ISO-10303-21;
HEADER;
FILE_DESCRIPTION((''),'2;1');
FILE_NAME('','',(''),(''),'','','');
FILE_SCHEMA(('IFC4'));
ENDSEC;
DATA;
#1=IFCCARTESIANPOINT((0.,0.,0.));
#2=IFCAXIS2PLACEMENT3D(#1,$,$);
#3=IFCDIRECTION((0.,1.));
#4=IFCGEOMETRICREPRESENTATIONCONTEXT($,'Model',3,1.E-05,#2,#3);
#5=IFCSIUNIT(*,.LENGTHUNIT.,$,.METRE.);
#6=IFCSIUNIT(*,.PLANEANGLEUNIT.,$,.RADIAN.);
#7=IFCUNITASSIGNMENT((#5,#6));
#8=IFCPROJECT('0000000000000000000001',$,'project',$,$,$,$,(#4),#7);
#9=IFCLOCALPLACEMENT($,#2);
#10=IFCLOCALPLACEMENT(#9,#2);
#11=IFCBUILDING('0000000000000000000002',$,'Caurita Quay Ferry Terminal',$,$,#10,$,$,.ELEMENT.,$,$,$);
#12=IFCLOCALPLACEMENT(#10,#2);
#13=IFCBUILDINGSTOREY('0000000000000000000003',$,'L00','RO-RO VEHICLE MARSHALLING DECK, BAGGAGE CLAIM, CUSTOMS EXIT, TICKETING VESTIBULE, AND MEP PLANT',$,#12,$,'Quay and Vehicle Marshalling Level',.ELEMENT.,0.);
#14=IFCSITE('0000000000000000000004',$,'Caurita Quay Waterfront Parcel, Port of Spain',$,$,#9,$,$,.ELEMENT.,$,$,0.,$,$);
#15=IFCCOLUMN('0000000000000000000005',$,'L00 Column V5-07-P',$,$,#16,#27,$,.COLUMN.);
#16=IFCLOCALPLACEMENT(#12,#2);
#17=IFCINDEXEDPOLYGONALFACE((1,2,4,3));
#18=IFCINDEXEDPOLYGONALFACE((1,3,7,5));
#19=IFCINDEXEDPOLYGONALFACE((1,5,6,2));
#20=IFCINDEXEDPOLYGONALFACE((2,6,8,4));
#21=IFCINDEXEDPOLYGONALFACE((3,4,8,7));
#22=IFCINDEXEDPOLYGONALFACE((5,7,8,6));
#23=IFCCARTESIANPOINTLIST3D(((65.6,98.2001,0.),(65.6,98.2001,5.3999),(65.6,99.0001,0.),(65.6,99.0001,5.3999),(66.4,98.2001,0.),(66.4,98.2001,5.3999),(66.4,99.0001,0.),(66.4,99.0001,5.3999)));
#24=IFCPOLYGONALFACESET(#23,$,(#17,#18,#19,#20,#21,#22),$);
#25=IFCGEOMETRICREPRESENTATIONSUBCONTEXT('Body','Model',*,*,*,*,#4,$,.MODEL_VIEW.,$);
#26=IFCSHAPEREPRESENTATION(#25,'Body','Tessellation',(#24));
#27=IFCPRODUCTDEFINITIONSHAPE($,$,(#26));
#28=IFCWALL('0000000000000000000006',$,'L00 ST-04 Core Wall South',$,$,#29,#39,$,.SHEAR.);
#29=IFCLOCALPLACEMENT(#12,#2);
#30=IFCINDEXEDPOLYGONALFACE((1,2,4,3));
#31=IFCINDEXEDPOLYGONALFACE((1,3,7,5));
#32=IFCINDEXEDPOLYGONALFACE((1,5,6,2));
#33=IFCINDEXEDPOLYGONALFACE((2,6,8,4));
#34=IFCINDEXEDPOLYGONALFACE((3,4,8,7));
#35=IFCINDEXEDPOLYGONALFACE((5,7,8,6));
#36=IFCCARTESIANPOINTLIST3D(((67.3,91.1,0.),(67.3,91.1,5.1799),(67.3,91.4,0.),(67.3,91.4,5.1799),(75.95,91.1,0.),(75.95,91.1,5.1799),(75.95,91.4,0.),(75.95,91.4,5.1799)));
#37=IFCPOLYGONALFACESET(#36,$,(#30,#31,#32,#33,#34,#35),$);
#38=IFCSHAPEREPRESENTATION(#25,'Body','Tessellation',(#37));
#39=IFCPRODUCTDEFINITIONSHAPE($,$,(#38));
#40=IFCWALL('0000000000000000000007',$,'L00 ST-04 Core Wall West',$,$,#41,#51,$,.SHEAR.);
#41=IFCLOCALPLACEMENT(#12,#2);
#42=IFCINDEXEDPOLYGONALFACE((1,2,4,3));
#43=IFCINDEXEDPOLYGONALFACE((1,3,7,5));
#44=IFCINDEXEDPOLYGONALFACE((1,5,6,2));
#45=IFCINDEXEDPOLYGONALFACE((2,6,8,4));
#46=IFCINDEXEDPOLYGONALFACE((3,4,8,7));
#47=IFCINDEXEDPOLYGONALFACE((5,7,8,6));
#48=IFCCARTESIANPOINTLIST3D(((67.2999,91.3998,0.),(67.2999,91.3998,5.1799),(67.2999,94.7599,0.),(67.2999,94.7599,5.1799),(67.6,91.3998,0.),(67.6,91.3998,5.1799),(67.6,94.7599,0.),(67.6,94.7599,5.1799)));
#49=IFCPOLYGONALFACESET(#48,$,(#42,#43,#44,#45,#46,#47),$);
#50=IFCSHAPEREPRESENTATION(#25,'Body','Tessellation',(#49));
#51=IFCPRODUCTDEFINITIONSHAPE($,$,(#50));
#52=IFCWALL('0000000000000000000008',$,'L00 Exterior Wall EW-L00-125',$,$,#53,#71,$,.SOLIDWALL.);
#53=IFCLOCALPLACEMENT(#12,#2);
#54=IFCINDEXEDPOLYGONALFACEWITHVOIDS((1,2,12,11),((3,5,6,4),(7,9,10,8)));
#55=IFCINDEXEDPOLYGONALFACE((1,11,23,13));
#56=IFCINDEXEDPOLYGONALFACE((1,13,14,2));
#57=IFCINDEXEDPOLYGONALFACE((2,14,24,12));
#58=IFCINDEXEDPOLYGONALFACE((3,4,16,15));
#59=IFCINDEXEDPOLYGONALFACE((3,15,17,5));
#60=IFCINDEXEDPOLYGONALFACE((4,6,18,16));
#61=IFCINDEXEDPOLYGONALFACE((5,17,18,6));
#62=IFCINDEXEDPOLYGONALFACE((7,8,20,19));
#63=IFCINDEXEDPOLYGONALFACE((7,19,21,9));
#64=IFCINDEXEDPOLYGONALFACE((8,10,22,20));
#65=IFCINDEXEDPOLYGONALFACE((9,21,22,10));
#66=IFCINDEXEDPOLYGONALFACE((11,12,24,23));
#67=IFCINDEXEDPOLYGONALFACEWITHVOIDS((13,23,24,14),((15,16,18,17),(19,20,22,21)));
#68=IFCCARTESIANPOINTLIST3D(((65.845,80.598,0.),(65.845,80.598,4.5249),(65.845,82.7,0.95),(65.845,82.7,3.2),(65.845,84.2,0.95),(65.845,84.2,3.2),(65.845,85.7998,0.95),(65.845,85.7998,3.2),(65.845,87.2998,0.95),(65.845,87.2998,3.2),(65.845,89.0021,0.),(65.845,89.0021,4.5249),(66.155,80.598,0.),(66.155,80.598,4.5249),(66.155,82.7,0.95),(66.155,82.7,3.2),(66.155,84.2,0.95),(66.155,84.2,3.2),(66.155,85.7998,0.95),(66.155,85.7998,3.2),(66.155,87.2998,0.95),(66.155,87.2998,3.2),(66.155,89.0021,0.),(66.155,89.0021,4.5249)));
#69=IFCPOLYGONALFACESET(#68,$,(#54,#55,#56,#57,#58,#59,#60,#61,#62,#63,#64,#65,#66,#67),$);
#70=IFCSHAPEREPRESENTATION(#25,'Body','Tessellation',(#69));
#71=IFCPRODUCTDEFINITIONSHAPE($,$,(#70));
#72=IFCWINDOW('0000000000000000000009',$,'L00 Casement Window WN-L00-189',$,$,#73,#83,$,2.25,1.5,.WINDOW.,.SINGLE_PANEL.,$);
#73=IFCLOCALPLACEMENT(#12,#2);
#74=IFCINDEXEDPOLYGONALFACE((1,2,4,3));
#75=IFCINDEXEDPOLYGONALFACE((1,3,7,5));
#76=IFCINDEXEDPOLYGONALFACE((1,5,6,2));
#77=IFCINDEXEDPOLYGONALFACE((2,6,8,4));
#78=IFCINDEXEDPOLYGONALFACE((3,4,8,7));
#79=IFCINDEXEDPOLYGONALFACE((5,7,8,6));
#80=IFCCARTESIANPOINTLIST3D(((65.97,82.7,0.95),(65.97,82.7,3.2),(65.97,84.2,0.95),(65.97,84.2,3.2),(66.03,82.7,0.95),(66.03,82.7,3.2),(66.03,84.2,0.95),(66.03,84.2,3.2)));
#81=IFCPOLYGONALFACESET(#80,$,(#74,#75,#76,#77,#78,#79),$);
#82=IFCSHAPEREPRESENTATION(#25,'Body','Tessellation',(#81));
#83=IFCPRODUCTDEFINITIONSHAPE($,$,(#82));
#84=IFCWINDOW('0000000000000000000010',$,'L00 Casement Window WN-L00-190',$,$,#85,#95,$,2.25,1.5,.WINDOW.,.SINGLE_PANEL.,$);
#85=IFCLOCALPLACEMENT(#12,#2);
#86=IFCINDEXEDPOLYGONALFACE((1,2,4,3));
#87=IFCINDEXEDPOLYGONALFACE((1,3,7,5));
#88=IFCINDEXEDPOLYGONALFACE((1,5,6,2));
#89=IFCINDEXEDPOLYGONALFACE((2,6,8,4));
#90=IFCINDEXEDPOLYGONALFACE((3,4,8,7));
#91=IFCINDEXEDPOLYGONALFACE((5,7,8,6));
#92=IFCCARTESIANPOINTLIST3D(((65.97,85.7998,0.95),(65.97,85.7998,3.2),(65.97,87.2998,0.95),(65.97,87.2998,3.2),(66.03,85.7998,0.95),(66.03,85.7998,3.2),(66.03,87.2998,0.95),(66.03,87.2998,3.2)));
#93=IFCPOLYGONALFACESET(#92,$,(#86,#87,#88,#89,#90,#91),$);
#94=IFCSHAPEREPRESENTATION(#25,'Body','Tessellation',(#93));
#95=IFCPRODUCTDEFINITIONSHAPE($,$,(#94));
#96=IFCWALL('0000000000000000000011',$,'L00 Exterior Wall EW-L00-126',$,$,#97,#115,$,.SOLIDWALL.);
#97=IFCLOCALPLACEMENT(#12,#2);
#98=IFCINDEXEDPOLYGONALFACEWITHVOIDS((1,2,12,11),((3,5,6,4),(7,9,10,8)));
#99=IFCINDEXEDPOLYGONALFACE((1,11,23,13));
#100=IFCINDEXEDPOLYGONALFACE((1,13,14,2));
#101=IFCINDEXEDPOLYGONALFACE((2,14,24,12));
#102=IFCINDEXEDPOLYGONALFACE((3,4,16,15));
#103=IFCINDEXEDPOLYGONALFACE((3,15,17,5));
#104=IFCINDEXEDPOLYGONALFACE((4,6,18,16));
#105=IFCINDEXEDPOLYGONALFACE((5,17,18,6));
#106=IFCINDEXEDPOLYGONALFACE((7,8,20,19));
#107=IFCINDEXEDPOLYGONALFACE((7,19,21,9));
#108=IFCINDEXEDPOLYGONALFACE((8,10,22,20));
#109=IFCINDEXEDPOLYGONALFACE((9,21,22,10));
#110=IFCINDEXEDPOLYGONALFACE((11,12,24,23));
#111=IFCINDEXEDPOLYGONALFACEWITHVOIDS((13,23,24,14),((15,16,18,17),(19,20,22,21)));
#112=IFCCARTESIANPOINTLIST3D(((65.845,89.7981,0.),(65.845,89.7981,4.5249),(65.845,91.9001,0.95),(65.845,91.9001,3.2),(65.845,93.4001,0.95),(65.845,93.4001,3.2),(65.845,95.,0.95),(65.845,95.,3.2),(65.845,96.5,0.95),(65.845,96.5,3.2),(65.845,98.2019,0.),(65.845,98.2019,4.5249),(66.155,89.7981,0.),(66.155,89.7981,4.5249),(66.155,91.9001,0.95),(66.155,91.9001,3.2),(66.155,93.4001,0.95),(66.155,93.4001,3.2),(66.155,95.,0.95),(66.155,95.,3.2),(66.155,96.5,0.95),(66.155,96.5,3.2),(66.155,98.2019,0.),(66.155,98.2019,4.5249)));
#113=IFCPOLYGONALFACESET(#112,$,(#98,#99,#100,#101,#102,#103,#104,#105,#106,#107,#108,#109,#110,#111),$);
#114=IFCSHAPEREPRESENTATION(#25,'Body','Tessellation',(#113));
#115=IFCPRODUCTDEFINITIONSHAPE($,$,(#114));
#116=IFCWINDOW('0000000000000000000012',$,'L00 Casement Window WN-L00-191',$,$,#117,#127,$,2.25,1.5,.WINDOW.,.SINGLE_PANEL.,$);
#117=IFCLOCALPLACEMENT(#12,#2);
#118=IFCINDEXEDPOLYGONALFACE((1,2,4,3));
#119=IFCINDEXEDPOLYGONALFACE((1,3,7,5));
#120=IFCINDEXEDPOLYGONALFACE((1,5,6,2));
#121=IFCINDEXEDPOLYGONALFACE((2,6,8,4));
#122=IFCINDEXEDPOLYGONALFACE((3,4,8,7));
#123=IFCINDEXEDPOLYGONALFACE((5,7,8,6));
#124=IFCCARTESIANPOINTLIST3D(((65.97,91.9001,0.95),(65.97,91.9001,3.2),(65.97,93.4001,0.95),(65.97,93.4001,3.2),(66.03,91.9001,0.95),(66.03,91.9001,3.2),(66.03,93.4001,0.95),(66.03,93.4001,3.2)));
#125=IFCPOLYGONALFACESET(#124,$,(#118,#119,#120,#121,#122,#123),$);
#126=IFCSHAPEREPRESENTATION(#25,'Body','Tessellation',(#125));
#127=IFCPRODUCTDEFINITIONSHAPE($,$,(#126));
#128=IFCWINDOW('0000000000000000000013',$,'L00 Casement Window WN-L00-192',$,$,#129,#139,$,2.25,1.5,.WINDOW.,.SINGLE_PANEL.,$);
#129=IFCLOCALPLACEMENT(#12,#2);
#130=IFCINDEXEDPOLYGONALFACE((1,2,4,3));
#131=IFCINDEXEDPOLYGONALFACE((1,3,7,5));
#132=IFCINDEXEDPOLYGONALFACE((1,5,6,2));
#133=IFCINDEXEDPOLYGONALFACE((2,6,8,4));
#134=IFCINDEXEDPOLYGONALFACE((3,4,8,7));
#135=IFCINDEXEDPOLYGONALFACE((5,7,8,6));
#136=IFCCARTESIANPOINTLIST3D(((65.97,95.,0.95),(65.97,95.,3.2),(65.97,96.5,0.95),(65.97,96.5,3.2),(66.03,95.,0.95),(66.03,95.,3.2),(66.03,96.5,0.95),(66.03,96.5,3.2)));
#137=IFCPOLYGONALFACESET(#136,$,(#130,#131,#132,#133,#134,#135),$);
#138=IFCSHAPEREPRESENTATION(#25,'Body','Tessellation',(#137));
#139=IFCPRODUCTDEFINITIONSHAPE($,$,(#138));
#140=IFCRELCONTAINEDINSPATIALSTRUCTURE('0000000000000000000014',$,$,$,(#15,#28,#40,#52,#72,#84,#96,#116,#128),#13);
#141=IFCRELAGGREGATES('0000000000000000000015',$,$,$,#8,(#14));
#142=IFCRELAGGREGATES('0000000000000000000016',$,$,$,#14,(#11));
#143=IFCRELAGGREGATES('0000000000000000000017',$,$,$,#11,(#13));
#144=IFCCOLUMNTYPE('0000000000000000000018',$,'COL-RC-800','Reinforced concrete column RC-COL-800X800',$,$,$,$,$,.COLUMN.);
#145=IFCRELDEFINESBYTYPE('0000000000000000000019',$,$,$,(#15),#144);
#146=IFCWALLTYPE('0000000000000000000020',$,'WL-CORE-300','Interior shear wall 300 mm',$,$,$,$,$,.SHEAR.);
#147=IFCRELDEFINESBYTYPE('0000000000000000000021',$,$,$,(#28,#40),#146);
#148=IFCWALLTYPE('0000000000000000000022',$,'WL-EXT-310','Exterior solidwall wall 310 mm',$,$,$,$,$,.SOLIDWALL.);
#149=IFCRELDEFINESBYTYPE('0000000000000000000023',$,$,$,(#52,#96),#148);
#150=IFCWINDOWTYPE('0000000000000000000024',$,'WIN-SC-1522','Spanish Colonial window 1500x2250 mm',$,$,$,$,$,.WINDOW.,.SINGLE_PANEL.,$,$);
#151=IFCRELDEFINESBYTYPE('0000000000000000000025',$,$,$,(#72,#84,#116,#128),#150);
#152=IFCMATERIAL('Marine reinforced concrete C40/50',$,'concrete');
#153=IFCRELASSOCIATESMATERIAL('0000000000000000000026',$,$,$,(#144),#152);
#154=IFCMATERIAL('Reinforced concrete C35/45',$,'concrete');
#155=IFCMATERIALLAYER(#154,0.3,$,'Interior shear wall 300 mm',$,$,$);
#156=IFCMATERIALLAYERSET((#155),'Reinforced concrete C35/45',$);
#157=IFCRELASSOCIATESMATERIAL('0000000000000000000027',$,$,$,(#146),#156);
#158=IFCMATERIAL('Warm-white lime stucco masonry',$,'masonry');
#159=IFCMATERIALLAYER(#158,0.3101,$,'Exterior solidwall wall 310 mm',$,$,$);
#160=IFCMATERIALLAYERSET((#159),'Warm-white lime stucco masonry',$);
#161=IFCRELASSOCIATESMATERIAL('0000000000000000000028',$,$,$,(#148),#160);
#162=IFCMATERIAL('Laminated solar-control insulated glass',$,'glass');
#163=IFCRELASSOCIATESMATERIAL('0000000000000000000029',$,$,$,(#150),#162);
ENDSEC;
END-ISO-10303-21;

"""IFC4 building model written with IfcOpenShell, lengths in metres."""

from ifc_helpers import new_model, si_unit, direction, frame, frame_2d, origin, origin_2d, place, context, subcontext, project, spatial, rectangle, extrude, material, layer, layer_set, material_profile, profile_set, type_object, element, fill, save


model = new_model("IFC4")

# Units and contexts
model_context = context("Model", 3, precision=1e-05, world=origin(), true_north=direction((0.0, 1.0)))
body_context = subcontext(model_context, "Body", "Model", "MODEL_VIEW")
ifc_project = project(units=[si_unit("LENGTHUNIT", "METRE"), si_unit("PLANEANGLEUNIT", "RADIAN")], contexts=[model_context])

# Site, building, storey
site_placement = place(None, origin())
site = spatial("IfcSite", under=ifc_project, at=site_placement, Name="Caurita Quay Waterfront Parcel, Port of Spain", CompositionType="ELEMENT", RefElevation=0.0)
building_placement = place(site_placement, origin())
building = spatial("IfcBuilding", under=site, at=building_placement, Name="Caurita Quay Ferry Terminal", CompositionType="ELEMENT")
storey_placement = place(building_placement, origin())
storey = spatial("IfcBuildingStorey", under=building, at=storey_placement, Name="L00", Description="RO-RO VEHICLE MARSHALLING DECK, BAGGAGE CLAIM, CUSTOMS EXIT, TICKETING VESTIBULE, AND MEP PLANT", LongName="Quay and Vehicle Marshalling Level", CompositionType="ELEMENT", Elevation=0.0)

# Shared definitions
ifc_material_1 = material(Name="Marine reinforced concrete C40/50", Category="concrete")

# Column
ifc_material_profile_1 = material_profile(ifc_material_1, rectangle(XDim=0.8, YDim=0.8, at=origin_2d()), Name="RC-COL-800X800")
ifc_profile_set_1 = profile_set([ifc_material_profile_1], Name="Marine reinforced concrete C40/50")
column_type = type_object("IfcColumnType", Name="COL-RC-800", Description="Reinforced concrete column RC-COL-800X800", PredefinedType="COLUMN", material=ifc_profile_set_1)
for number, where, z_axis, x_axis, name in (
    (1, (66.0, 98.6001, 0.0), (0.0, 0.0, 1.0), (1.0, 0.0, 0.0), "L00 Column V5-07-P"),
):
    element("IfcColumn", number, at=place(storey_placement, frame(where, z_axis=z_axis, x_axis=x_axis)), inside=storey, type_object=column_type, Name=name, PredefinedType="COLUMN", context=body_context, shape_type="SweptSolid", body=[
        extrude(rectangle(XDim=0.8, YDim=0.8, at=origin_2d()), origin(), (0.0, 0.0, 1.0), 5.3999),
    ])

# Walls
ifc_material_2 = material(Name="Reinforced concrete C35/45", Category="concrete")
ifc_layer_1 = layer(ifc_material_2, 0.3, Name="Interior shear wall 300 mm")
ifc_layer_set_1 = layer_set([ifc_layer_1], Name="Reinforced concrete C35/45")
wall_type_1 = type_object("IfcWallType", Name="WL-CORE-300", Description="Interior shear wall 300 mm", PredefinedType="SHEAR", material=ifc_layer_set_1)
wall_1_placement = place(storey_placement, frame((67.3, 91.25, 0.0), z_axis=(0.0, 0.0, 1.0), x_axis=(1.0, 0.0, 0.0)))
element("IfcWall", 2, at=wall_1_placement, inside=storey, type_object=wall_type_1, Name="L00 ST-04 Core Wall South", PredefinedType="SHEAR", context=body_context, shape_type="SweptSolid", body=[
    extrude(rectangle(XDim=8.6499, YDim=0.3, at=frame_2d((4.325, 0.0))), origin(), (0.0, 0.0, 1.0), 5.1799),
])
wall_2_placement = place(storey_placement, frame((67.45, 94.76, 0.0), z_axis=(0.0, 0.0, 1.0), x_axis=(0.0, -1.0, 0.0)))
element("IfcWall", 3, at=wall_2_placement, inside=storey, type_object=wall_type_1, Name="L00 ST-04 Core Wall West", PredefinedType="SHEAR", context=body_context, shape_type="SweptSolid", body=[
    extrude(rectangle(XDim=3.3601, YDim=0.3, at=frame_2d((1.6802, 0.0))), origin(), (0.0, 0.0, 1.0), 5.1799),
])

# Walls, openings, windows
ifc_material_3 = material(Name="Warm-white lime stucco masonry", Category="masonry")
ifc_layer_2 = layer(ifc_material_3, 0.3101, Name="Exterior solidwall wall 310 mm")
ifc_layer_set_2 = layer_set([ifc_layer_2], Name="Warm-white lime stucco masonry")
wall_type_2 = type_object("IfcWallType", Name="WL-EXT-310", Description="Exterior solidwall wall 310 mm", PredefinedType="SOLIDWALL", material=ifc_layer_set_2)
wall_3_placement = place(storey_placement, frame((66.0, 80.5979, 0.0), z_axis=(0.0, 0.0, 1.0), x_axis=(0.0, 1.0, 0.0)))
wall_3 = element("IfcWall", 4, at=wall_3_placement, inside=storey, type_object=wall_type_2, Name="L00 Exterior Wall EW-L00-125", PredefinedType="SOLIDWALL", context=body_context, shape_type="SweptSolid", body=[
    extrude(rectangle(XDim=8.4041, YDim=0.3101, at=frame_2d((4.2021, 0.0))), origin(), (0.0, 0.0, 1.0), 4.5249),
])
opening_1_placement = place(wall_3_placement, frame((2.1021, 0.0, 0.95)))
opening_1 = element("IfcOpeningElement", 5, at=opening_1_placement, cuts=wall_3, PredefinedType="OPENING", context=body_context, shape_type="SweptSolid", body=[
    extrude(rectangle(XDim=1.5, YDim=2.25, at=frame_2d((0.75, 1.125))), frame((0.0, 0.165, 0.0), z_axis=(0.0, -1.0, 0.0), x_axis=(1.0, 0.0, 0.0)), (0.0, 0.0, 1.0), 0.3301),
])
opening_2_placement = place(wall_3_placement, frame((5.2019, 0.0, 0.95)))
opening_2 = element("IfcOpeningElement", 6, at=opening_2_placement, cuts=wall_3, PredefinedType="OPENING", context=body_context, shape_type="SweptSolid", body=[
    extrude(rectangle(XDim=1.5, YDim=2.25, at=frame_2d((0.75, 1.125))), frame((0.0, 0.165, 0.0), z_axis=(0.0, -1.0, 0.0), x_axis=(1.0, 0.0, 0.0)), (0.0, 0.0, 1.0), 0.3301),
])
ifc_material_4 = material(Name="Laminated solar-control insulated glass", Category="glass")
window_type = type_object("IfcWindowType", Name="WIN-SC-1522", Description="Spanish Colonial window 1500x2250 mm", PartitioningType="SINGLE_PANEL", PredefinedType="WINDOW", material=ifc_material_4)
window_1_placement = place(opening_1_placement, origin())
window_1 = element("IfcWindow", 7, at=window_1_placement, inside=storey, type_object=window_type, Name="L00 Casement Window WN-L00-189", OverallHeight=2.25, OverallWidth=1.5, PartitioningType="SINGLE_PANEL", PredefinedType="WINDOW", context=body_context, shape_type="SweptSolid", body=[
    extrude(rectangle(XDim=1.5, YDim=2.25, at=frame_2d((0.75, 1.125))), frame((0.0, 0.03, 0.0), z_axis=(0.0, -1.0, 0.0), x_axis=(1.0, 0.0, 0.0)), (0.0, 0.0, 1.0), 0.0601),
])
fill(opening_1, window_1)
window_2_placement = place(opening_2_placement, origin())
window_2 = element("IfcWindow", 8, at=window_2_placement, inside=storey, type_object=window_type, Name="L00 Casement Window WN-L00-190", OverallHeight=2.25, OverallWidth=1.5, PartitioningType="SINGLE_PANEL", PredefinedType="WINDOW", context=body_context, shape_type="SweptSolid", body=[
    extrude(rectangle(XDim=1.5, YDim=2.25, at=frame_2d((0.75, 1.125))), frame((0.0, 0.03, 0.0), z_axis=(0.0, -1.0, 0.0), x_axis=(1.0, 0.0, 0.0)), (0.0, 0.0, 1.0), 0.0601),
])
fill(opening_2, window_2)
wall_4_placement = place(storey_placement, frame((66.0, 89.7981, 0.0), z_axis=(0.0, 0.0, 1.0), x_axis=(0.0, 1.0, 0.0)))
wall_4 = element("IfcWall", 9, at=wall_4_placement, inside=storey, type_object=wall_type_2, Name="L00 Exterior Wall EW-L00-126", PredefinedType="SOLIDWALL", context=body_context, shape_type="SweptSolid", body=[
    extrude(rectangle(XDim=8.4038, YDim=0.3101, at=frame_2d((4.2019, 0.0))), origin(), (0.0, 0.0, 1.0), 4.5249),
])
opening_3_placement = place(wall_4_placement, frame((2.1021, 0.0, 0.95)))
opening_3 = element("IfcOpeningElement", 10, at=opening_3_placement, cuts=wall_4, PredefinedType="OPENING", context=body_context, shape_type="SweptSolid", body=[
    extrude(rectangle(XDim=1.5, YDim=2.25, at=frame_2d((0.75, 1.125))), frame((0.0, 0.165, 0.0), z_axis=(0.0, -1.0, 0.0), x_axis=(1.0, 0.0, 0.0)), (0.0, 0.0, 1.0), 0.3301),
])
opening_4_placement = place(wall_4_placement, frame((5.2019, 0.0, 0.95)))
opening_4 = element("IfcOpeningElement", 11, at=opening_4_placement, cuts=wall_4, PredefinedType="OPENING", context=body_context, shape_type="SweptSolid", body=[
    extrude(rectangle(XDim=1.5, YDim=2.25, at=frame_2d((0.75, 1.125))), frame((0.0, 0.165, 0.0), z_axis=(0.0, -1.0, 0.0), x_axis=(1.0, 0.0, 0.0)), (0.0, 0.0, 1.0), 0.3301),
])
window_3_placement = place(opening_3_placement, origin())
window_3 = element("IfcWindow", 12, at=window_3_placement, inside=storey, type_object=window_type, Name="L00 Casement Window WN-L00-191", OverallHeight=2.25, OverallWidth=1.5, PartitioningType="SINGLE_PANEL", PredefinedType="WINDOW", context=body_context, shape_type="SweptSolid", body=[
    extrude(rectangle(XDim=1.5, YDim=2.25, at=frame_2d((0.75, 1.125))), frame((0.0, 0.03, 0.0), z_axis=(0.0, -1.0, 0.0), x_axis=(1.0, 0.0, 0.0)), (0.0, 0.0, 1.0), 0.0601),
])
fill(opening_3, window_3)
window_4_placement = place(opening_4_placement, origin())
window_4 = element("IfcWindow", 13, at=window_4_placement, inside=storey, type_object=window_type, Name="L00 Casement Window WN-L00-192", OverallHeight=2.25, OverallWidth=1.5, PartitioningType="SINGLE_PANEL", PredefinedType="WINDOW", context=body_context, shape_type="SweptSolid", body=[
    extrude(rectangle(XDim=1.5, YDim=2.25, at=frame_2d((0.75, 1.125))), frame((0.0, 0.03, 0.0), z_axis=(0.0, -1.0, 0.0), x_axis=(1.0, 0.0, 0.0)), (0.0, 0.0, 1.0), 0.0601),
])
fill(opening_4, window_4)

save(model, "model.ifc")
